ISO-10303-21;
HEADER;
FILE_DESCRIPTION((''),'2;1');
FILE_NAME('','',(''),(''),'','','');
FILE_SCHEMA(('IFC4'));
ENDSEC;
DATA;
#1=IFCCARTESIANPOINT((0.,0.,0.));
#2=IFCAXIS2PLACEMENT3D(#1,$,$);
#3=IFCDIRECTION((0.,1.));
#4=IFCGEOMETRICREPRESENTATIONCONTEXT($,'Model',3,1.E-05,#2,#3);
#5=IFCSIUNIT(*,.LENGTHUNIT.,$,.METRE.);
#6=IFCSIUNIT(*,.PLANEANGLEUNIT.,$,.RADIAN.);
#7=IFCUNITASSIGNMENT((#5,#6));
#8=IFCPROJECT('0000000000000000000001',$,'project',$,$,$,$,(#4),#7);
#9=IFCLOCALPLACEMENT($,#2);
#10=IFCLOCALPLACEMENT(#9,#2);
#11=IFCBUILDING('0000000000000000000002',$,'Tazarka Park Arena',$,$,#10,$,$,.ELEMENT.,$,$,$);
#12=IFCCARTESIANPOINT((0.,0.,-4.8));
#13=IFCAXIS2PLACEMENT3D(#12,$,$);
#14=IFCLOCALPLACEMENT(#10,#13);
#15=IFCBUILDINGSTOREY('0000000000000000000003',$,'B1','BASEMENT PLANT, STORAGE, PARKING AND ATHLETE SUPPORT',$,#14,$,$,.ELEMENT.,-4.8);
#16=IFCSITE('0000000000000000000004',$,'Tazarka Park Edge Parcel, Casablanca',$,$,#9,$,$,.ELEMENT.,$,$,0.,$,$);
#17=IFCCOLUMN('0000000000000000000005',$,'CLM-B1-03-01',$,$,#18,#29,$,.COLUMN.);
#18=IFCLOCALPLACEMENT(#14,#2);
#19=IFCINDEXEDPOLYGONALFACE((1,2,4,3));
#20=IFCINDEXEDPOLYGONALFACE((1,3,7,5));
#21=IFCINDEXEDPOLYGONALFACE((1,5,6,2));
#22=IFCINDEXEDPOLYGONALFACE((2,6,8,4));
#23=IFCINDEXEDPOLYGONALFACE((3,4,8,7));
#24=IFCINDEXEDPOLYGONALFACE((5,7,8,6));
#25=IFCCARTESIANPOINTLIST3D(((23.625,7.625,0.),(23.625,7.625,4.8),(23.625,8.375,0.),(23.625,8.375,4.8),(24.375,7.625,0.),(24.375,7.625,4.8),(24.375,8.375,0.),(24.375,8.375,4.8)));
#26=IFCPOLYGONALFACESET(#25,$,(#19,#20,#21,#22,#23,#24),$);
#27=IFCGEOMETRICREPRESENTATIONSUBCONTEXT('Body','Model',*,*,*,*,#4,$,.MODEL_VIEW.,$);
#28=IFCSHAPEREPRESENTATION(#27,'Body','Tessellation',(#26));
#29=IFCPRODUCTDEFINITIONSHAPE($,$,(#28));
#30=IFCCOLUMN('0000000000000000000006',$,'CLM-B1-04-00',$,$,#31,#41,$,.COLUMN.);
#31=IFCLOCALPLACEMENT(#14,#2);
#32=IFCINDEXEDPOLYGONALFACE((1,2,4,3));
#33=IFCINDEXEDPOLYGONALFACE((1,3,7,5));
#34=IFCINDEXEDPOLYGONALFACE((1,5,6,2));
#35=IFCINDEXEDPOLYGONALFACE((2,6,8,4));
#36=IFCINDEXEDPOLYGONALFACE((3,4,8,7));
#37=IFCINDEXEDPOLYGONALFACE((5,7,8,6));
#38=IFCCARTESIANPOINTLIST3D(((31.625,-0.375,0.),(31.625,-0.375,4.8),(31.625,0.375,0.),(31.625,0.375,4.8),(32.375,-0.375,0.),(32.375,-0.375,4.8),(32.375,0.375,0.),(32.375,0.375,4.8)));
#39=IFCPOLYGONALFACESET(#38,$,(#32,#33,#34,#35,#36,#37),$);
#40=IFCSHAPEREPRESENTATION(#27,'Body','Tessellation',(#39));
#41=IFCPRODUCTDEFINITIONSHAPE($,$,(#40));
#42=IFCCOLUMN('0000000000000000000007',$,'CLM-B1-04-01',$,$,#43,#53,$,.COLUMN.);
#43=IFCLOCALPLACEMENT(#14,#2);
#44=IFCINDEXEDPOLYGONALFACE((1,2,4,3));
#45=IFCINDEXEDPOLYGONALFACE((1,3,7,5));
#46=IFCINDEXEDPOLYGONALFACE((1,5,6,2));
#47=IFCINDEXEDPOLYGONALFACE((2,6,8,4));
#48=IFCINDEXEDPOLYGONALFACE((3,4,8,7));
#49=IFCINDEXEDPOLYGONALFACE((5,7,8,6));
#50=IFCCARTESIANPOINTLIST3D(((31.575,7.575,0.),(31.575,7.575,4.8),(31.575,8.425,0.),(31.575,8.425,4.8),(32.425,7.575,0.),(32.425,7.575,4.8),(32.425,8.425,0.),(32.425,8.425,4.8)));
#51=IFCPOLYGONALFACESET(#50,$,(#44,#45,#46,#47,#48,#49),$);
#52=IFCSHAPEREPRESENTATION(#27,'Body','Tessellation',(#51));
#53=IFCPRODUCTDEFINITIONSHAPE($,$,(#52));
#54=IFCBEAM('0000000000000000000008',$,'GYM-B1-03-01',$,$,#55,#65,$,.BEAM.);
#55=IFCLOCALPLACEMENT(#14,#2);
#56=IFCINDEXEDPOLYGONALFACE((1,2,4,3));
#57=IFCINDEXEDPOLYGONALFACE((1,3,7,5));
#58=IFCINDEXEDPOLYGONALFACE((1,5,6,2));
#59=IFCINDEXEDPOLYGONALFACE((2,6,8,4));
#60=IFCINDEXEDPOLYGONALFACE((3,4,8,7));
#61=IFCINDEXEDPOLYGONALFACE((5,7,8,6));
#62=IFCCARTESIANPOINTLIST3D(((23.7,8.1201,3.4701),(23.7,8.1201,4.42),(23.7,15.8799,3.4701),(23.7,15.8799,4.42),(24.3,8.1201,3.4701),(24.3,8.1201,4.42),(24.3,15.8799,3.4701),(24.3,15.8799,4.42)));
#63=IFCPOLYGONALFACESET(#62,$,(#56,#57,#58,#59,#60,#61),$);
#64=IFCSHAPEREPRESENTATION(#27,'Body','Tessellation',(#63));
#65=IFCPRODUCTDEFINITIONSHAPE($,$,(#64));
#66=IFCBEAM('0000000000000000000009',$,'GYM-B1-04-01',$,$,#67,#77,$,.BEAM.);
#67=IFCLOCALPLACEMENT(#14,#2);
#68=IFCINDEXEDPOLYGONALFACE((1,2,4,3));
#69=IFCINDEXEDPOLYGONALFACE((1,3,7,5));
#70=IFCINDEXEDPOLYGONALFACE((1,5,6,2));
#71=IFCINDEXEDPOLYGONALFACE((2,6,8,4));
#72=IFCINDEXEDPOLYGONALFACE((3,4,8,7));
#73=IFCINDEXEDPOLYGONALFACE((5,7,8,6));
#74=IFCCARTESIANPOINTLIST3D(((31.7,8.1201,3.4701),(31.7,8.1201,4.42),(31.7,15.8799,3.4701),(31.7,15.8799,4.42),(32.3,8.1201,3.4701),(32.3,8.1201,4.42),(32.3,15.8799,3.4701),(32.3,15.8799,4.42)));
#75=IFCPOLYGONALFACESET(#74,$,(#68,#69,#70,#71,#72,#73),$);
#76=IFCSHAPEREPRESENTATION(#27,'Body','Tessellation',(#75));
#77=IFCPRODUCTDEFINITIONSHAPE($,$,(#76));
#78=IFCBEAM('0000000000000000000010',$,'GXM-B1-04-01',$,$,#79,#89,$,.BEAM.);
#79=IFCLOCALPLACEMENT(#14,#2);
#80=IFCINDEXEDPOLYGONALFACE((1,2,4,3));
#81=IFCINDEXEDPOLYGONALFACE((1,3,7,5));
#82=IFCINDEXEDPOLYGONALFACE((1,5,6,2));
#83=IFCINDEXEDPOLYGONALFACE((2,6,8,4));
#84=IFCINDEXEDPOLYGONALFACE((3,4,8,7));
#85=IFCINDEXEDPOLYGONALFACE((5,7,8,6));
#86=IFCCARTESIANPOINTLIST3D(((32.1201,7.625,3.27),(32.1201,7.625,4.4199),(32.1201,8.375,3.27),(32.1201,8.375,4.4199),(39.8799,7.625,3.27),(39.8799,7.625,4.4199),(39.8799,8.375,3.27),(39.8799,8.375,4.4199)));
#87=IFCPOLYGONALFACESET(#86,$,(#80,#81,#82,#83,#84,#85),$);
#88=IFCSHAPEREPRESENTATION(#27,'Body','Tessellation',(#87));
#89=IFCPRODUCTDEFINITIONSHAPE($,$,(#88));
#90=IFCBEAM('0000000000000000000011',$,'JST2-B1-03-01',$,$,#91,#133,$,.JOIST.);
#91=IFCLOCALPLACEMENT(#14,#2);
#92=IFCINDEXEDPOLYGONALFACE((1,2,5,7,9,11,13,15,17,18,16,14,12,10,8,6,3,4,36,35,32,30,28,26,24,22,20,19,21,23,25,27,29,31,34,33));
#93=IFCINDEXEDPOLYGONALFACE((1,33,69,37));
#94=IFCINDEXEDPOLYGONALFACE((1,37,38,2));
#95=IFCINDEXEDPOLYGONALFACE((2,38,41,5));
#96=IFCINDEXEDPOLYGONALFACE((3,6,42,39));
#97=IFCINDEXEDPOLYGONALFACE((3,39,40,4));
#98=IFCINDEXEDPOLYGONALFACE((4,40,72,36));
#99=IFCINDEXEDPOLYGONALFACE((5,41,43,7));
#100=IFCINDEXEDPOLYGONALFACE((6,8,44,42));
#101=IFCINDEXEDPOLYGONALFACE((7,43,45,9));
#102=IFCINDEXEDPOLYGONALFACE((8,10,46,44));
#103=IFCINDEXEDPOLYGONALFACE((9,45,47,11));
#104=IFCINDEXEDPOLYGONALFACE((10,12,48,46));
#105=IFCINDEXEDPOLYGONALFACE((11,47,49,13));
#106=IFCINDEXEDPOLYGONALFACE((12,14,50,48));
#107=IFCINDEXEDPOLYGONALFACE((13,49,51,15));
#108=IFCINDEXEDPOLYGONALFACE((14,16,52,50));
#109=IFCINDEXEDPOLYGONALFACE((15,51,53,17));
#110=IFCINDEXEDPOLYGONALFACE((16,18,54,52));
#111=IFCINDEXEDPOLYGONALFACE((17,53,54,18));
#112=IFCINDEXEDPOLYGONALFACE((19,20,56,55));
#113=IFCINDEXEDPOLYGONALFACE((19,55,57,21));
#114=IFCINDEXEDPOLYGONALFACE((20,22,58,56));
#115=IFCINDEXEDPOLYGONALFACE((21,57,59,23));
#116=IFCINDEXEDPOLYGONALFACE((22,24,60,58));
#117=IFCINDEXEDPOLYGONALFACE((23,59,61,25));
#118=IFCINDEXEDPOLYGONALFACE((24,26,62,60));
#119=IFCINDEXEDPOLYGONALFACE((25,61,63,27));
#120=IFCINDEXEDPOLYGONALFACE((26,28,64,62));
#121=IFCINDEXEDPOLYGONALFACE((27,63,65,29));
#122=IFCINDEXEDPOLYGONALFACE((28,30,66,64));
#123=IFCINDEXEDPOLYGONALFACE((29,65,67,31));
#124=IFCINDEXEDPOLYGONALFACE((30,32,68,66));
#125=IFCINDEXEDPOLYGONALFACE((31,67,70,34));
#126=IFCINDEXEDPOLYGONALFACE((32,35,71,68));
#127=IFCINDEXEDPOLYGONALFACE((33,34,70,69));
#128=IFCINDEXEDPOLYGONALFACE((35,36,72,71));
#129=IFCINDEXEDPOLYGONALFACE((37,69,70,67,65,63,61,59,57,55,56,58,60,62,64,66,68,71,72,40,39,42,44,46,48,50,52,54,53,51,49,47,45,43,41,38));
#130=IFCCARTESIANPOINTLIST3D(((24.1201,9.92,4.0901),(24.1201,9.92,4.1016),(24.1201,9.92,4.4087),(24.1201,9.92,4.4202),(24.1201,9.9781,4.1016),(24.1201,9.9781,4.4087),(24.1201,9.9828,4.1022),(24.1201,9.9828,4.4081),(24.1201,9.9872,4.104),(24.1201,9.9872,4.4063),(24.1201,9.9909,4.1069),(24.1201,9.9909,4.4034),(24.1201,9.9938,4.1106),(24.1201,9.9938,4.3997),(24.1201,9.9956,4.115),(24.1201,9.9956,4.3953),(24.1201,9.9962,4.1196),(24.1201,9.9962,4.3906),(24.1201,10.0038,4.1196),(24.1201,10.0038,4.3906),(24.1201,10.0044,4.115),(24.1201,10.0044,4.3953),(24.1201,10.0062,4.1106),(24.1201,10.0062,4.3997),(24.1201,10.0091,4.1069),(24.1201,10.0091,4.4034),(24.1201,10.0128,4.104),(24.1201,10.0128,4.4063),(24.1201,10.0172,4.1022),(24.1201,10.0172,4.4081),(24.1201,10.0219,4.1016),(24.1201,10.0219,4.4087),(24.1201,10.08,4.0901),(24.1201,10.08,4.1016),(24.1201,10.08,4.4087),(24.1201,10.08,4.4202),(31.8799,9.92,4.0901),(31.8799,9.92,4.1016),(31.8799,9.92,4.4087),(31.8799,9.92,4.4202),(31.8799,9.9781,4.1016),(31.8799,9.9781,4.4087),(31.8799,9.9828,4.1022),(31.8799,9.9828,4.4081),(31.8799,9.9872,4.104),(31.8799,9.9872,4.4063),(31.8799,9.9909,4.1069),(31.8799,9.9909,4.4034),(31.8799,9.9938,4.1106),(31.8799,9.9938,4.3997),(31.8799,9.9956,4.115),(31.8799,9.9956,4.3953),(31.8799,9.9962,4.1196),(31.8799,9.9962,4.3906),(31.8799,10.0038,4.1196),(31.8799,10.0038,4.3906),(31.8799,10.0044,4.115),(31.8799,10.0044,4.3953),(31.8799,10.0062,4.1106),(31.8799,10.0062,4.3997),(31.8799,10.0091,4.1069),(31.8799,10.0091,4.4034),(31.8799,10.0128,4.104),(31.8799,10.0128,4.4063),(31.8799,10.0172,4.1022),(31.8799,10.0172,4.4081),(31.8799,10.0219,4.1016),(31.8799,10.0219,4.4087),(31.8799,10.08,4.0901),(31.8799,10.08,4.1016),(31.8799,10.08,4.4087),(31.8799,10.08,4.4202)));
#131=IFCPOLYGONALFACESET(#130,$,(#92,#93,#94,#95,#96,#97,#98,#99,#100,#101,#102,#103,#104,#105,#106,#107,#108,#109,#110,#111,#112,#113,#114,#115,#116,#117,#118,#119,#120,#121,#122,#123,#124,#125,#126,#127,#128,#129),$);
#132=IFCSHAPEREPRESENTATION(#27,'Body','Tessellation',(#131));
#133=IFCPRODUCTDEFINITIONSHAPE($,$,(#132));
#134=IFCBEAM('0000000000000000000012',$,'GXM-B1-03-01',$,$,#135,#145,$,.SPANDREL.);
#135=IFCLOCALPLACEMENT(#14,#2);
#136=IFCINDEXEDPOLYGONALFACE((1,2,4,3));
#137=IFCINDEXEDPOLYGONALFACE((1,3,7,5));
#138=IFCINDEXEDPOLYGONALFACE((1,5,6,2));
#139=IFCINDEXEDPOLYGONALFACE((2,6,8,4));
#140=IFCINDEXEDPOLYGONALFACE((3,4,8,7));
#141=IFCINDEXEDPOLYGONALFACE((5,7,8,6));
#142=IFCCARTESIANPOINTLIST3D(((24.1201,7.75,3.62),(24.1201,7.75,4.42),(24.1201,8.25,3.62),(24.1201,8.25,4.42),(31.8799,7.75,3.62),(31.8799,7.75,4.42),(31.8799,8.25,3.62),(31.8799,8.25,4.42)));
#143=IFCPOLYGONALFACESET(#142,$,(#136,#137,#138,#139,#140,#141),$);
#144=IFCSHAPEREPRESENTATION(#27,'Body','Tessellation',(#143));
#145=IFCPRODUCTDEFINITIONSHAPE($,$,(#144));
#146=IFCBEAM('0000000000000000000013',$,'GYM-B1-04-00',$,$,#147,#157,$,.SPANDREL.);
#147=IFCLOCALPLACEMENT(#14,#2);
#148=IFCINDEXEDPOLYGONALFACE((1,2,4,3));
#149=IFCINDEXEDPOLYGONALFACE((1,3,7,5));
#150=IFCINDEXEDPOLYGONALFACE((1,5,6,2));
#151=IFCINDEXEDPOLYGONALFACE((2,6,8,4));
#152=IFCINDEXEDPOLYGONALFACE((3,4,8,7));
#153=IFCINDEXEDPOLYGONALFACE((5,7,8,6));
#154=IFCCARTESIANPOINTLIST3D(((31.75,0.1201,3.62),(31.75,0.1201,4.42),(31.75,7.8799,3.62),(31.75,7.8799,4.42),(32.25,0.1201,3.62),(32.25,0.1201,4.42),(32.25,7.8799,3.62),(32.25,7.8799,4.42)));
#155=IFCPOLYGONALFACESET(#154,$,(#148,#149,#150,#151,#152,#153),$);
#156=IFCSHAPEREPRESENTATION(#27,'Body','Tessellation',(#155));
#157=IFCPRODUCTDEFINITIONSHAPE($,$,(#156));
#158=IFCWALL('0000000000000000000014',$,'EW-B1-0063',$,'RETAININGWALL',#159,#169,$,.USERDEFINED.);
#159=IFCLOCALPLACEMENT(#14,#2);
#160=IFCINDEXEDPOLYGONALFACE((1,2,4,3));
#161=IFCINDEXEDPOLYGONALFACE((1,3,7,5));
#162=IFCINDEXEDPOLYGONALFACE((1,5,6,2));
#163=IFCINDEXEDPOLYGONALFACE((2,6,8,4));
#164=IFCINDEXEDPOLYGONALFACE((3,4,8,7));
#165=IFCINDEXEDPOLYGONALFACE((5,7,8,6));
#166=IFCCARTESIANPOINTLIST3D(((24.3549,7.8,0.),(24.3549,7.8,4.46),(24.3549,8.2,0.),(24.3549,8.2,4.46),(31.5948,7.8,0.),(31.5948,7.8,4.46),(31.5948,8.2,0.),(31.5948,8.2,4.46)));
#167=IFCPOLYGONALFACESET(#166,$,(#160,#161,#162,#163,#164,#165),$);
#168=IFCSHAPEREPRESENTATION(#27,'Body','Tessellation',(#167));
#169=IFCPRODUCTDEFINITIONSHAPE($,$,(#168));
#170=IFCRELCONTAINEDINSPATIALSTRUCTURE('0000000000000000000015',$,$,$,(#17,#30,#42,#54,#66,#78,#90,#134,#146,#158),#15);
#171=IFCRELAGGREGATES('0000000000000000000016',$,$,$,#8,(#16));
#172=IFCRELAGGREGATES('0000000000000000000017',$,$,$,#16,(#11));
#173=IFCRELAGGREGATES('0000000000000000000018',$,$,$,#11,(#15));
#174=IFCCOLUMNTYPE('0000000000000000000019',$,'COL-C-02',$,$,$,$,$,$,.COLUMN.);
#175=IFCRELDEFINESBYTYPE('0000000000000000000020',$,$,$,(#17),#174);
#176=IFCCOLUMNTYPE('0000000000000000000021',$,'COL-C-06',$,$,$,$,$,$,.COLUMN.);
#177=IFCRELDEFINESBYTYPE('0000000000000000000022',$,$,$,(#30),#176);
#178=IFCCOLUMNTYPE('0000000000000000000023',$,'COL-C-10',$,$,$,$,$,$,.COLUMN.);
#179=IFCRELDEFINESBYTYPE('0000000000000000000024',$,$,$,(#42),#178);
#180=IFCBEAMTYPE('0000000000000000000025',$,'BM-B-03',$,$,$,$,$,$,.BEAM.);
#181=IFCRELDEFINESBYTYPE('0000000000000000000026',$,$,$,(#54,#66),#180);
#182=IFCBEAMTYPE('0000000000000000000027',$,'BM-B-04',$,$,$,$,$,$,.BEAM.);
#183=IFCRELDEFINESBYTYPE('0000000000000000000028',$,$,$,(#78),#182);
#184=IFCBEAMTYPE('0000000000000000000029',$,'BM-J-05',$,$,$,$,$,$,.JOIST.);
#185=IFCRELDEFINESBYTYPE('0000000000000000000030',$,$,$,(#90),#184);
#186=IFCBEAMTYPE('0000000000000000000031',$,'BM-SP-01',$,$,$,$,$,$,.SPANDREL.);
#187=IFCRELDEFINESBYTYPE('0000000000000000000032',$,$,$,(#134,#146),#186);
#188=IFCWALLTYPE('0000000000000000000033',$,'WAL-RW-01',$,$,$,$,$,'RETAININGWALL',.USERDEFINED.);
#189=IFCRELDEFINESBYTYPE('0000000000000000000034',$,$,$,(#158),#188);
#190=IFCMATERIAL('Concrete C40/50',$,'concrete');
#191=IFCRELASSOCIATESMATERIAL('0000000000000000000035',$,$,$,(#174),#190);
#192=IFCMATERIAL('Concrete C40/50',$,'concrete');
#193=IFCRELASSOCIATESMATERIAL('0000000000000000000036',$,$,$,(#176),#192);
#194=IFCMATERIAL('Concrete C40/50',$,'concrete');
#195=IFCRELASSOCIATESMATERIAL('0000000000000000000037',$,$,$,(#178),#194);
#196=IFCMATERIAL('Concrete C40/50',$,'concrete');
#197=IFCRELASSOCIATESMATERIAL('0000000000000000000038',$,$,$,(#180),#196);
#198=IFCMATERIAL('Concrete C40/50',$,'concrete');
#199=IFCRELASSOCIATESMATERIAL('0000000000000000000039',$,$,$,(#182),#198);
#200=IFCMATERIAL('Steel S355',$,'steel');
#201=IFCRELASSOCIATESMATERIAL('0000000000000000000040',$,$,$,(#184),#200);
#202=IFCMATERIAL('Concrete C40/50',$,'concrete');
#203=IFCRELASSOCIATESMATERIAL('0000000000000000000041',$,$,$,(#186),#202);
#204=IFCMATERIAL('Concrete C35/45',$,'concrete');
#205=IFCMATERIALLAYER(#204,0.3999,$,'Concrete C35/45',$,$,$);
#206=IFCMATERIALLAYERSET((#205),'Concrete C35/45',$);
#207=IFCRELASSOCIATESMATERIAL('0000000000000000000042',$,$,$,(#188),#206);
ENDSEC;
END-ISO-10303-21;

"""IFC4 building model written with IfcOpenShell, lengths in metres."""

from ifc_helpers import new_model, si_unit, direction, frame, frame_2d, origin, origin_2d, place, context, subcontext, project, spatial, rectangle, i_section, extrude, material, layer, layer_set, material_profile, profile_set, type_object, element, save


model = new_model("IFC4")

# Units and contexts
model_context = context("Model", 3, precision=1e-05, world=origin(), true_north=direction((0.0, 1.0)))
body_context = subcontext(model_context, "Body", "Model", "MODEL_VIEW")
ifc_project = project(units=[si_unit("LENGTHUNIT", "METRE"), si_unit("PLANEANGLEUNIT", "RADIAN")], contexts=[model_context])

# Site, building, storey
site_placement = place(None, origin())
site = spatial("IfcSite", under=ifc_project, at=site_placement, Name="Tazarka Park Edge Parcel, Casablanca", CompositionType="ELEMENT", RefElevation=0.0)
building_placement = place(site_placement, origin())
building = spatial("IfcBuilding", under=site, at=building_placement, Name="Tazarka Park Arena", CompositionType="ELEMENT")
storey_placement = place(building_placement, frame((0.0, 0.0, -4.8)))
storey = spatial("IfcBuildingStorey", under=building, at=storey_placement, Name="B1", Description="BASEMENT PLANT, STORAGE, PARKING AND ATHLETE SUPPORT", CompositionType="ELEMENT", Elevation=-4.8)

# Columns
ifc_material_1 = material(Name="Concrete C40/50", Category="concrete")
ifc_material_profile_1 = material_profile(ifc_material_1, rectangle(XDim=0.75, YDim=0.75, at=origin_2d()), Name="Concrete C40/50")
ifc_profile_set_1 = profile_set([ifc_material_profile_1], Name="Concrete C40/50")
column_type_1 = type_object("IfcColumnType", Name="COL-C-02", PredefinedType="COLUMN", material=ifc_profile_set_1)
column_1_placement = place(storey_placement, frame((24.0, 8.0, 0.0), z_axis=(0.0, 0.0, 1.0), x_axis=(1.0, 0.0, 0.0)))
element("IfcColumn", 1, at=column_1_placement, inside=storey, type_object=column_type_1, Name="CLM-B1-03-01", PredefinedType="COLUMN", context=body_context, shape_type="SweptSolid", body=[
    extrude(rectangle(XDim=0.75, YDim=0.75, at=origin_2d()), origin(), (0.0, 0.0, 1.0), 4.8),
])
ifc_material_2 = material(Name="Concrete C40/50", Category="concrete")
ifc_material_profile_2 = material_profile(ifc_material_2, rectangle(XDim=0.75, YDim=0.75, at=origin_2d()), Name="Concrete C40/50")
ifc_profile_set_2 = profile_set([ifc_material_profile_2], Name="Concrete C40/50")
column_type_2 = type_object("IfcColumnType", Name="COL-C-06", PredefinedType="COLUMN", material=ifc_profile_set_2)
column_2_placement = place(storey_placement, frame((32.0, 0.0, 0.0), z_axis=(0.0, 0.0, 1.0), x_axis=(1.0, 0.0, 0.0)))
element("IfcColumn", 2, at=column_2_placement, inside=storey, type_object=column_type_2, Name="CLM-B1-04-00", PredefinedType="COLUMN", context=body_context, shape_type="SweptSolid", body=[
    extrude(rectangle(XDim=0.75, YDim=0.75, at=origin_2d()), origin(), (0.0, 0.0, 1.0), 4.8),
])
ifc_material_3 = material(Name="Concrete C40/50", Category="concrete")
ifc_material_profile_3 = material_profile(ifc_material_3, rectangle(XDim=0.8501, YDim=0.8501, at=origin_2d()), Name="Concrete C40/50")
ifc_profile_set_3 = profile_set([ifc_material_profile_3], Name="Concrete C40/50")
column_type_3 = type_object("IfcColumnType", Name="COL-C-10", PredefinedType="COLUMN", material=ifc_profile_set_3)
column_3_placement = place(storey_placement, frame((32.0, 8.0, 0.0), z_axis=(0.0, 0.0, 1.0), x_axis=(1.0, 0.0, 0.0)))
element("IfcColumn", 3, at=column_3_placement, inside=storey, type_object=column_type_3, Name="CLM-B1-04-01", PredefinedType="COLUMN", context=body_context, shape_type="SweptSolid", body=[
    extrude(rectangle(XDim=0.8501, YDim=0.8501, at=origin_2d()), origin(), (0.0, 0.0, 1.0), 4.8),
])

# Beams
ifc_material_4 = material(Name="Concrete C40/50", Category="concrete")
ifc_material_profile_4 = material_profile(ifc_material_4, rectangle(XDim=0.6001, YDim=0.95, at=origin_2d()), Name="Concrete C40/50")
ifc_profile_set_4 = profile_set([ifc_material_profile_4], Name="Concrete C40/50")
beam_type_1 = type_object("IfcBeamType", Name="BM-B-03", PredefinedType="BEAM", material=ifc_profile_set_4)
for number, where, z_axis, x_axis, name in (
    (4, (24.0, 8.1201, 3.9451), (0.0, 1.0, 0.0), (-1.0, 0.0, 0.0), "GYM-B1-03-01"),
    (5, (32.0, 8.1201, 3.9451), (0.0, 1.0, 0.0), (-1.0, 0.0, 0.0), "GYM-B1-04-01"),
):
    element("IfcBeam", number, at=place(storey_placement, frame(where, z_axis=z_axis, x_axis=x_axis)), inside=storey, type_object=beam_type_1, Name=name, PredefinedType="BEAM", context=body_context, shape_type="SweptSolid", body=[
        extrude(rectangle(XDim=0.6001, YDim=0.95, at=origin_2d()), origin(), (0.0, 0.0, 1.0), 7.7598),
    ])
ifc_material_5 = material(Name="Concrete C40/50", Category="concrete")
ifc_material_profile_5 = material_profile(ifc_material_5, rectangle(XDim=0.75, YDim=1.1499, at=origin_2d()), Name="Concrete C40/50")
ifc_profile_set_5 = profile_set([ifc_material_profile_5], Name="Concrete C40/50")
beam_type_2 = type_object("IfcBeamType", Name="BM-B-04", PredefinedType="BEAM", material=ifc_profile_set_5)
beam_1_placement = place(storey_placement, frame((32.1201, 8.0, 3.845), z_axis=(1.0, 0.0, 0.0), x_axis=(0.0, 1.0, 0.0)))
element("IfcBeam", 6, at=beam_1_placement, inside=storey, type_object=beam_type_2, Name="GXM-B1-04-01", PredefinedType="BEAM", context=body_context, shape_type="SweptSolid", body=[
    extrude(rectangle(XDim=0.75, YDim=1.1499, at=origin_2d()), origin(), (0.0, 0.0, 1.0), 7.7598),
])
ifc_material_6 = material(Name="Steel S355", Category="steel")
ifc_material_profile_6 = material_profile(ifc_material_6, i_section(OverallWidth=0.1599, OverallDepth=0.3301, WebThickness=0.0076, FlangeThickness=0.0115, FilletRadius=0.0181, at=origin_2d()), Name="Steel S355")
ifc_profile_set_6 = profile_set([ifc_material_profile_6], Name="Steel S355")
beam_type_3 = type_object("IfcBeamType", Name="BM-J-05", PredefinedType="JOIST", material=ifc_profile_set_6)
beam_2_placement = place(storey_placement, frame((24.1201, 10.0, 4.2551), z_axis=(1.0, 0.0, 0.0), x_axis=(0.0, 1.0, 0.0)))
element("IfcBeam", 7, at=beam_2_placement, inside=storey, type_object=beam_type_3, Name="JST2-B1-03-01", PredefinedType="JOIST", context=body_context, shape_type="SweptSolid", body=[
    extrude(i_section(OverallWidth=0.1599, OverallDepth=0.3301, WebThickness=0.0076, FlangeThickness=0.0115, FilletRadius=0.0181, at=origin_2d()), origin(), (0.0, 0.0, 1.0), 7.7598),
])
ifc_material_7 = material(Name="Concrete C40/50", Category="concrete")
ifc_material_profile_7 = material_profile(ifc_material_7, rectangle(XDim=0.5, YDim=0.8, at=origin_2d()), Name="Concrete C40/50")
ifc_profile_set_7 = profile_set([ifc_material_profile_7], Name="Concrete C40/50")
beam_type_4 = type_object("IfcBeamType", Name="BM-SP-01", PredefinedType="SPANDREL", material=ifc_profile_set_7)
for number, where, z_axis, x_axis, name in (
    (8, (24.1201, 8.0, 4.02), (1.0, 0.0, 0.0), (0.0, 1.0, 0.0), "GXM-B1-03-01"),
    (9, (32.0, 0.1201, 4.02), (0.0, 1.0, 0.0), (-1.0, 0.0, 0.0), "GYM-B1-04-00"),
):
    element("IfcBeam", number, at=place(storey_placement, frame(where, z_axis=z_axis, x_axis=x_axis)), inside=storey, type_object=beam_type_4, Name=name, PredefinedType="SPANDREL", context=body_context, shape_type="SweptSolid", body=[
        extrude(rectangle(XDim=0.5, YDim=0.8, at=origin_2d()), origin(), (0.0, 0.0, 1.0), 7.7598),
    ])

# Wall
ifc_material_8 = material(Name="Concrete C35/45", Category="concrete")
ifc_layer_1 = layer(ifc_material_8, 0.3999, Name="Concrete C35/45")
ifc_layer_set_1 = layer_set([ifc_layer_1], Name="Concrete C35/45")
wall_type_1 = type_object("IfcWallType", Name="WAL-RW-01", ElementType="RETAININGWALL", PredefinedType="USERDEFINED", material=ifc_layer_set_1)
wall_1_placement = place(storey_placement, frame((31.595, 8.0, 0.0), z_axis=(0.0, 0.0, 1.0), x_axis=(-1.0, 0.0, 0.0)))
element("IfcWall", 10, at=wall_1_placement, inside=storey, type_object=wall_type_1, Name="EW-B1-0063", ObjectType="RETAININGWALL", PredefinedType="USERDEFINED", context=body_context, shape_type="SweptSolid", body=[
    extrude(rectangle(XDim=7.24, YDim=0.3999, at=frame_2d((3.6201, 0.0))), origin(), (0.0, 0.0, 1.0), 4.46),
])

save(model, "model.ifc")
